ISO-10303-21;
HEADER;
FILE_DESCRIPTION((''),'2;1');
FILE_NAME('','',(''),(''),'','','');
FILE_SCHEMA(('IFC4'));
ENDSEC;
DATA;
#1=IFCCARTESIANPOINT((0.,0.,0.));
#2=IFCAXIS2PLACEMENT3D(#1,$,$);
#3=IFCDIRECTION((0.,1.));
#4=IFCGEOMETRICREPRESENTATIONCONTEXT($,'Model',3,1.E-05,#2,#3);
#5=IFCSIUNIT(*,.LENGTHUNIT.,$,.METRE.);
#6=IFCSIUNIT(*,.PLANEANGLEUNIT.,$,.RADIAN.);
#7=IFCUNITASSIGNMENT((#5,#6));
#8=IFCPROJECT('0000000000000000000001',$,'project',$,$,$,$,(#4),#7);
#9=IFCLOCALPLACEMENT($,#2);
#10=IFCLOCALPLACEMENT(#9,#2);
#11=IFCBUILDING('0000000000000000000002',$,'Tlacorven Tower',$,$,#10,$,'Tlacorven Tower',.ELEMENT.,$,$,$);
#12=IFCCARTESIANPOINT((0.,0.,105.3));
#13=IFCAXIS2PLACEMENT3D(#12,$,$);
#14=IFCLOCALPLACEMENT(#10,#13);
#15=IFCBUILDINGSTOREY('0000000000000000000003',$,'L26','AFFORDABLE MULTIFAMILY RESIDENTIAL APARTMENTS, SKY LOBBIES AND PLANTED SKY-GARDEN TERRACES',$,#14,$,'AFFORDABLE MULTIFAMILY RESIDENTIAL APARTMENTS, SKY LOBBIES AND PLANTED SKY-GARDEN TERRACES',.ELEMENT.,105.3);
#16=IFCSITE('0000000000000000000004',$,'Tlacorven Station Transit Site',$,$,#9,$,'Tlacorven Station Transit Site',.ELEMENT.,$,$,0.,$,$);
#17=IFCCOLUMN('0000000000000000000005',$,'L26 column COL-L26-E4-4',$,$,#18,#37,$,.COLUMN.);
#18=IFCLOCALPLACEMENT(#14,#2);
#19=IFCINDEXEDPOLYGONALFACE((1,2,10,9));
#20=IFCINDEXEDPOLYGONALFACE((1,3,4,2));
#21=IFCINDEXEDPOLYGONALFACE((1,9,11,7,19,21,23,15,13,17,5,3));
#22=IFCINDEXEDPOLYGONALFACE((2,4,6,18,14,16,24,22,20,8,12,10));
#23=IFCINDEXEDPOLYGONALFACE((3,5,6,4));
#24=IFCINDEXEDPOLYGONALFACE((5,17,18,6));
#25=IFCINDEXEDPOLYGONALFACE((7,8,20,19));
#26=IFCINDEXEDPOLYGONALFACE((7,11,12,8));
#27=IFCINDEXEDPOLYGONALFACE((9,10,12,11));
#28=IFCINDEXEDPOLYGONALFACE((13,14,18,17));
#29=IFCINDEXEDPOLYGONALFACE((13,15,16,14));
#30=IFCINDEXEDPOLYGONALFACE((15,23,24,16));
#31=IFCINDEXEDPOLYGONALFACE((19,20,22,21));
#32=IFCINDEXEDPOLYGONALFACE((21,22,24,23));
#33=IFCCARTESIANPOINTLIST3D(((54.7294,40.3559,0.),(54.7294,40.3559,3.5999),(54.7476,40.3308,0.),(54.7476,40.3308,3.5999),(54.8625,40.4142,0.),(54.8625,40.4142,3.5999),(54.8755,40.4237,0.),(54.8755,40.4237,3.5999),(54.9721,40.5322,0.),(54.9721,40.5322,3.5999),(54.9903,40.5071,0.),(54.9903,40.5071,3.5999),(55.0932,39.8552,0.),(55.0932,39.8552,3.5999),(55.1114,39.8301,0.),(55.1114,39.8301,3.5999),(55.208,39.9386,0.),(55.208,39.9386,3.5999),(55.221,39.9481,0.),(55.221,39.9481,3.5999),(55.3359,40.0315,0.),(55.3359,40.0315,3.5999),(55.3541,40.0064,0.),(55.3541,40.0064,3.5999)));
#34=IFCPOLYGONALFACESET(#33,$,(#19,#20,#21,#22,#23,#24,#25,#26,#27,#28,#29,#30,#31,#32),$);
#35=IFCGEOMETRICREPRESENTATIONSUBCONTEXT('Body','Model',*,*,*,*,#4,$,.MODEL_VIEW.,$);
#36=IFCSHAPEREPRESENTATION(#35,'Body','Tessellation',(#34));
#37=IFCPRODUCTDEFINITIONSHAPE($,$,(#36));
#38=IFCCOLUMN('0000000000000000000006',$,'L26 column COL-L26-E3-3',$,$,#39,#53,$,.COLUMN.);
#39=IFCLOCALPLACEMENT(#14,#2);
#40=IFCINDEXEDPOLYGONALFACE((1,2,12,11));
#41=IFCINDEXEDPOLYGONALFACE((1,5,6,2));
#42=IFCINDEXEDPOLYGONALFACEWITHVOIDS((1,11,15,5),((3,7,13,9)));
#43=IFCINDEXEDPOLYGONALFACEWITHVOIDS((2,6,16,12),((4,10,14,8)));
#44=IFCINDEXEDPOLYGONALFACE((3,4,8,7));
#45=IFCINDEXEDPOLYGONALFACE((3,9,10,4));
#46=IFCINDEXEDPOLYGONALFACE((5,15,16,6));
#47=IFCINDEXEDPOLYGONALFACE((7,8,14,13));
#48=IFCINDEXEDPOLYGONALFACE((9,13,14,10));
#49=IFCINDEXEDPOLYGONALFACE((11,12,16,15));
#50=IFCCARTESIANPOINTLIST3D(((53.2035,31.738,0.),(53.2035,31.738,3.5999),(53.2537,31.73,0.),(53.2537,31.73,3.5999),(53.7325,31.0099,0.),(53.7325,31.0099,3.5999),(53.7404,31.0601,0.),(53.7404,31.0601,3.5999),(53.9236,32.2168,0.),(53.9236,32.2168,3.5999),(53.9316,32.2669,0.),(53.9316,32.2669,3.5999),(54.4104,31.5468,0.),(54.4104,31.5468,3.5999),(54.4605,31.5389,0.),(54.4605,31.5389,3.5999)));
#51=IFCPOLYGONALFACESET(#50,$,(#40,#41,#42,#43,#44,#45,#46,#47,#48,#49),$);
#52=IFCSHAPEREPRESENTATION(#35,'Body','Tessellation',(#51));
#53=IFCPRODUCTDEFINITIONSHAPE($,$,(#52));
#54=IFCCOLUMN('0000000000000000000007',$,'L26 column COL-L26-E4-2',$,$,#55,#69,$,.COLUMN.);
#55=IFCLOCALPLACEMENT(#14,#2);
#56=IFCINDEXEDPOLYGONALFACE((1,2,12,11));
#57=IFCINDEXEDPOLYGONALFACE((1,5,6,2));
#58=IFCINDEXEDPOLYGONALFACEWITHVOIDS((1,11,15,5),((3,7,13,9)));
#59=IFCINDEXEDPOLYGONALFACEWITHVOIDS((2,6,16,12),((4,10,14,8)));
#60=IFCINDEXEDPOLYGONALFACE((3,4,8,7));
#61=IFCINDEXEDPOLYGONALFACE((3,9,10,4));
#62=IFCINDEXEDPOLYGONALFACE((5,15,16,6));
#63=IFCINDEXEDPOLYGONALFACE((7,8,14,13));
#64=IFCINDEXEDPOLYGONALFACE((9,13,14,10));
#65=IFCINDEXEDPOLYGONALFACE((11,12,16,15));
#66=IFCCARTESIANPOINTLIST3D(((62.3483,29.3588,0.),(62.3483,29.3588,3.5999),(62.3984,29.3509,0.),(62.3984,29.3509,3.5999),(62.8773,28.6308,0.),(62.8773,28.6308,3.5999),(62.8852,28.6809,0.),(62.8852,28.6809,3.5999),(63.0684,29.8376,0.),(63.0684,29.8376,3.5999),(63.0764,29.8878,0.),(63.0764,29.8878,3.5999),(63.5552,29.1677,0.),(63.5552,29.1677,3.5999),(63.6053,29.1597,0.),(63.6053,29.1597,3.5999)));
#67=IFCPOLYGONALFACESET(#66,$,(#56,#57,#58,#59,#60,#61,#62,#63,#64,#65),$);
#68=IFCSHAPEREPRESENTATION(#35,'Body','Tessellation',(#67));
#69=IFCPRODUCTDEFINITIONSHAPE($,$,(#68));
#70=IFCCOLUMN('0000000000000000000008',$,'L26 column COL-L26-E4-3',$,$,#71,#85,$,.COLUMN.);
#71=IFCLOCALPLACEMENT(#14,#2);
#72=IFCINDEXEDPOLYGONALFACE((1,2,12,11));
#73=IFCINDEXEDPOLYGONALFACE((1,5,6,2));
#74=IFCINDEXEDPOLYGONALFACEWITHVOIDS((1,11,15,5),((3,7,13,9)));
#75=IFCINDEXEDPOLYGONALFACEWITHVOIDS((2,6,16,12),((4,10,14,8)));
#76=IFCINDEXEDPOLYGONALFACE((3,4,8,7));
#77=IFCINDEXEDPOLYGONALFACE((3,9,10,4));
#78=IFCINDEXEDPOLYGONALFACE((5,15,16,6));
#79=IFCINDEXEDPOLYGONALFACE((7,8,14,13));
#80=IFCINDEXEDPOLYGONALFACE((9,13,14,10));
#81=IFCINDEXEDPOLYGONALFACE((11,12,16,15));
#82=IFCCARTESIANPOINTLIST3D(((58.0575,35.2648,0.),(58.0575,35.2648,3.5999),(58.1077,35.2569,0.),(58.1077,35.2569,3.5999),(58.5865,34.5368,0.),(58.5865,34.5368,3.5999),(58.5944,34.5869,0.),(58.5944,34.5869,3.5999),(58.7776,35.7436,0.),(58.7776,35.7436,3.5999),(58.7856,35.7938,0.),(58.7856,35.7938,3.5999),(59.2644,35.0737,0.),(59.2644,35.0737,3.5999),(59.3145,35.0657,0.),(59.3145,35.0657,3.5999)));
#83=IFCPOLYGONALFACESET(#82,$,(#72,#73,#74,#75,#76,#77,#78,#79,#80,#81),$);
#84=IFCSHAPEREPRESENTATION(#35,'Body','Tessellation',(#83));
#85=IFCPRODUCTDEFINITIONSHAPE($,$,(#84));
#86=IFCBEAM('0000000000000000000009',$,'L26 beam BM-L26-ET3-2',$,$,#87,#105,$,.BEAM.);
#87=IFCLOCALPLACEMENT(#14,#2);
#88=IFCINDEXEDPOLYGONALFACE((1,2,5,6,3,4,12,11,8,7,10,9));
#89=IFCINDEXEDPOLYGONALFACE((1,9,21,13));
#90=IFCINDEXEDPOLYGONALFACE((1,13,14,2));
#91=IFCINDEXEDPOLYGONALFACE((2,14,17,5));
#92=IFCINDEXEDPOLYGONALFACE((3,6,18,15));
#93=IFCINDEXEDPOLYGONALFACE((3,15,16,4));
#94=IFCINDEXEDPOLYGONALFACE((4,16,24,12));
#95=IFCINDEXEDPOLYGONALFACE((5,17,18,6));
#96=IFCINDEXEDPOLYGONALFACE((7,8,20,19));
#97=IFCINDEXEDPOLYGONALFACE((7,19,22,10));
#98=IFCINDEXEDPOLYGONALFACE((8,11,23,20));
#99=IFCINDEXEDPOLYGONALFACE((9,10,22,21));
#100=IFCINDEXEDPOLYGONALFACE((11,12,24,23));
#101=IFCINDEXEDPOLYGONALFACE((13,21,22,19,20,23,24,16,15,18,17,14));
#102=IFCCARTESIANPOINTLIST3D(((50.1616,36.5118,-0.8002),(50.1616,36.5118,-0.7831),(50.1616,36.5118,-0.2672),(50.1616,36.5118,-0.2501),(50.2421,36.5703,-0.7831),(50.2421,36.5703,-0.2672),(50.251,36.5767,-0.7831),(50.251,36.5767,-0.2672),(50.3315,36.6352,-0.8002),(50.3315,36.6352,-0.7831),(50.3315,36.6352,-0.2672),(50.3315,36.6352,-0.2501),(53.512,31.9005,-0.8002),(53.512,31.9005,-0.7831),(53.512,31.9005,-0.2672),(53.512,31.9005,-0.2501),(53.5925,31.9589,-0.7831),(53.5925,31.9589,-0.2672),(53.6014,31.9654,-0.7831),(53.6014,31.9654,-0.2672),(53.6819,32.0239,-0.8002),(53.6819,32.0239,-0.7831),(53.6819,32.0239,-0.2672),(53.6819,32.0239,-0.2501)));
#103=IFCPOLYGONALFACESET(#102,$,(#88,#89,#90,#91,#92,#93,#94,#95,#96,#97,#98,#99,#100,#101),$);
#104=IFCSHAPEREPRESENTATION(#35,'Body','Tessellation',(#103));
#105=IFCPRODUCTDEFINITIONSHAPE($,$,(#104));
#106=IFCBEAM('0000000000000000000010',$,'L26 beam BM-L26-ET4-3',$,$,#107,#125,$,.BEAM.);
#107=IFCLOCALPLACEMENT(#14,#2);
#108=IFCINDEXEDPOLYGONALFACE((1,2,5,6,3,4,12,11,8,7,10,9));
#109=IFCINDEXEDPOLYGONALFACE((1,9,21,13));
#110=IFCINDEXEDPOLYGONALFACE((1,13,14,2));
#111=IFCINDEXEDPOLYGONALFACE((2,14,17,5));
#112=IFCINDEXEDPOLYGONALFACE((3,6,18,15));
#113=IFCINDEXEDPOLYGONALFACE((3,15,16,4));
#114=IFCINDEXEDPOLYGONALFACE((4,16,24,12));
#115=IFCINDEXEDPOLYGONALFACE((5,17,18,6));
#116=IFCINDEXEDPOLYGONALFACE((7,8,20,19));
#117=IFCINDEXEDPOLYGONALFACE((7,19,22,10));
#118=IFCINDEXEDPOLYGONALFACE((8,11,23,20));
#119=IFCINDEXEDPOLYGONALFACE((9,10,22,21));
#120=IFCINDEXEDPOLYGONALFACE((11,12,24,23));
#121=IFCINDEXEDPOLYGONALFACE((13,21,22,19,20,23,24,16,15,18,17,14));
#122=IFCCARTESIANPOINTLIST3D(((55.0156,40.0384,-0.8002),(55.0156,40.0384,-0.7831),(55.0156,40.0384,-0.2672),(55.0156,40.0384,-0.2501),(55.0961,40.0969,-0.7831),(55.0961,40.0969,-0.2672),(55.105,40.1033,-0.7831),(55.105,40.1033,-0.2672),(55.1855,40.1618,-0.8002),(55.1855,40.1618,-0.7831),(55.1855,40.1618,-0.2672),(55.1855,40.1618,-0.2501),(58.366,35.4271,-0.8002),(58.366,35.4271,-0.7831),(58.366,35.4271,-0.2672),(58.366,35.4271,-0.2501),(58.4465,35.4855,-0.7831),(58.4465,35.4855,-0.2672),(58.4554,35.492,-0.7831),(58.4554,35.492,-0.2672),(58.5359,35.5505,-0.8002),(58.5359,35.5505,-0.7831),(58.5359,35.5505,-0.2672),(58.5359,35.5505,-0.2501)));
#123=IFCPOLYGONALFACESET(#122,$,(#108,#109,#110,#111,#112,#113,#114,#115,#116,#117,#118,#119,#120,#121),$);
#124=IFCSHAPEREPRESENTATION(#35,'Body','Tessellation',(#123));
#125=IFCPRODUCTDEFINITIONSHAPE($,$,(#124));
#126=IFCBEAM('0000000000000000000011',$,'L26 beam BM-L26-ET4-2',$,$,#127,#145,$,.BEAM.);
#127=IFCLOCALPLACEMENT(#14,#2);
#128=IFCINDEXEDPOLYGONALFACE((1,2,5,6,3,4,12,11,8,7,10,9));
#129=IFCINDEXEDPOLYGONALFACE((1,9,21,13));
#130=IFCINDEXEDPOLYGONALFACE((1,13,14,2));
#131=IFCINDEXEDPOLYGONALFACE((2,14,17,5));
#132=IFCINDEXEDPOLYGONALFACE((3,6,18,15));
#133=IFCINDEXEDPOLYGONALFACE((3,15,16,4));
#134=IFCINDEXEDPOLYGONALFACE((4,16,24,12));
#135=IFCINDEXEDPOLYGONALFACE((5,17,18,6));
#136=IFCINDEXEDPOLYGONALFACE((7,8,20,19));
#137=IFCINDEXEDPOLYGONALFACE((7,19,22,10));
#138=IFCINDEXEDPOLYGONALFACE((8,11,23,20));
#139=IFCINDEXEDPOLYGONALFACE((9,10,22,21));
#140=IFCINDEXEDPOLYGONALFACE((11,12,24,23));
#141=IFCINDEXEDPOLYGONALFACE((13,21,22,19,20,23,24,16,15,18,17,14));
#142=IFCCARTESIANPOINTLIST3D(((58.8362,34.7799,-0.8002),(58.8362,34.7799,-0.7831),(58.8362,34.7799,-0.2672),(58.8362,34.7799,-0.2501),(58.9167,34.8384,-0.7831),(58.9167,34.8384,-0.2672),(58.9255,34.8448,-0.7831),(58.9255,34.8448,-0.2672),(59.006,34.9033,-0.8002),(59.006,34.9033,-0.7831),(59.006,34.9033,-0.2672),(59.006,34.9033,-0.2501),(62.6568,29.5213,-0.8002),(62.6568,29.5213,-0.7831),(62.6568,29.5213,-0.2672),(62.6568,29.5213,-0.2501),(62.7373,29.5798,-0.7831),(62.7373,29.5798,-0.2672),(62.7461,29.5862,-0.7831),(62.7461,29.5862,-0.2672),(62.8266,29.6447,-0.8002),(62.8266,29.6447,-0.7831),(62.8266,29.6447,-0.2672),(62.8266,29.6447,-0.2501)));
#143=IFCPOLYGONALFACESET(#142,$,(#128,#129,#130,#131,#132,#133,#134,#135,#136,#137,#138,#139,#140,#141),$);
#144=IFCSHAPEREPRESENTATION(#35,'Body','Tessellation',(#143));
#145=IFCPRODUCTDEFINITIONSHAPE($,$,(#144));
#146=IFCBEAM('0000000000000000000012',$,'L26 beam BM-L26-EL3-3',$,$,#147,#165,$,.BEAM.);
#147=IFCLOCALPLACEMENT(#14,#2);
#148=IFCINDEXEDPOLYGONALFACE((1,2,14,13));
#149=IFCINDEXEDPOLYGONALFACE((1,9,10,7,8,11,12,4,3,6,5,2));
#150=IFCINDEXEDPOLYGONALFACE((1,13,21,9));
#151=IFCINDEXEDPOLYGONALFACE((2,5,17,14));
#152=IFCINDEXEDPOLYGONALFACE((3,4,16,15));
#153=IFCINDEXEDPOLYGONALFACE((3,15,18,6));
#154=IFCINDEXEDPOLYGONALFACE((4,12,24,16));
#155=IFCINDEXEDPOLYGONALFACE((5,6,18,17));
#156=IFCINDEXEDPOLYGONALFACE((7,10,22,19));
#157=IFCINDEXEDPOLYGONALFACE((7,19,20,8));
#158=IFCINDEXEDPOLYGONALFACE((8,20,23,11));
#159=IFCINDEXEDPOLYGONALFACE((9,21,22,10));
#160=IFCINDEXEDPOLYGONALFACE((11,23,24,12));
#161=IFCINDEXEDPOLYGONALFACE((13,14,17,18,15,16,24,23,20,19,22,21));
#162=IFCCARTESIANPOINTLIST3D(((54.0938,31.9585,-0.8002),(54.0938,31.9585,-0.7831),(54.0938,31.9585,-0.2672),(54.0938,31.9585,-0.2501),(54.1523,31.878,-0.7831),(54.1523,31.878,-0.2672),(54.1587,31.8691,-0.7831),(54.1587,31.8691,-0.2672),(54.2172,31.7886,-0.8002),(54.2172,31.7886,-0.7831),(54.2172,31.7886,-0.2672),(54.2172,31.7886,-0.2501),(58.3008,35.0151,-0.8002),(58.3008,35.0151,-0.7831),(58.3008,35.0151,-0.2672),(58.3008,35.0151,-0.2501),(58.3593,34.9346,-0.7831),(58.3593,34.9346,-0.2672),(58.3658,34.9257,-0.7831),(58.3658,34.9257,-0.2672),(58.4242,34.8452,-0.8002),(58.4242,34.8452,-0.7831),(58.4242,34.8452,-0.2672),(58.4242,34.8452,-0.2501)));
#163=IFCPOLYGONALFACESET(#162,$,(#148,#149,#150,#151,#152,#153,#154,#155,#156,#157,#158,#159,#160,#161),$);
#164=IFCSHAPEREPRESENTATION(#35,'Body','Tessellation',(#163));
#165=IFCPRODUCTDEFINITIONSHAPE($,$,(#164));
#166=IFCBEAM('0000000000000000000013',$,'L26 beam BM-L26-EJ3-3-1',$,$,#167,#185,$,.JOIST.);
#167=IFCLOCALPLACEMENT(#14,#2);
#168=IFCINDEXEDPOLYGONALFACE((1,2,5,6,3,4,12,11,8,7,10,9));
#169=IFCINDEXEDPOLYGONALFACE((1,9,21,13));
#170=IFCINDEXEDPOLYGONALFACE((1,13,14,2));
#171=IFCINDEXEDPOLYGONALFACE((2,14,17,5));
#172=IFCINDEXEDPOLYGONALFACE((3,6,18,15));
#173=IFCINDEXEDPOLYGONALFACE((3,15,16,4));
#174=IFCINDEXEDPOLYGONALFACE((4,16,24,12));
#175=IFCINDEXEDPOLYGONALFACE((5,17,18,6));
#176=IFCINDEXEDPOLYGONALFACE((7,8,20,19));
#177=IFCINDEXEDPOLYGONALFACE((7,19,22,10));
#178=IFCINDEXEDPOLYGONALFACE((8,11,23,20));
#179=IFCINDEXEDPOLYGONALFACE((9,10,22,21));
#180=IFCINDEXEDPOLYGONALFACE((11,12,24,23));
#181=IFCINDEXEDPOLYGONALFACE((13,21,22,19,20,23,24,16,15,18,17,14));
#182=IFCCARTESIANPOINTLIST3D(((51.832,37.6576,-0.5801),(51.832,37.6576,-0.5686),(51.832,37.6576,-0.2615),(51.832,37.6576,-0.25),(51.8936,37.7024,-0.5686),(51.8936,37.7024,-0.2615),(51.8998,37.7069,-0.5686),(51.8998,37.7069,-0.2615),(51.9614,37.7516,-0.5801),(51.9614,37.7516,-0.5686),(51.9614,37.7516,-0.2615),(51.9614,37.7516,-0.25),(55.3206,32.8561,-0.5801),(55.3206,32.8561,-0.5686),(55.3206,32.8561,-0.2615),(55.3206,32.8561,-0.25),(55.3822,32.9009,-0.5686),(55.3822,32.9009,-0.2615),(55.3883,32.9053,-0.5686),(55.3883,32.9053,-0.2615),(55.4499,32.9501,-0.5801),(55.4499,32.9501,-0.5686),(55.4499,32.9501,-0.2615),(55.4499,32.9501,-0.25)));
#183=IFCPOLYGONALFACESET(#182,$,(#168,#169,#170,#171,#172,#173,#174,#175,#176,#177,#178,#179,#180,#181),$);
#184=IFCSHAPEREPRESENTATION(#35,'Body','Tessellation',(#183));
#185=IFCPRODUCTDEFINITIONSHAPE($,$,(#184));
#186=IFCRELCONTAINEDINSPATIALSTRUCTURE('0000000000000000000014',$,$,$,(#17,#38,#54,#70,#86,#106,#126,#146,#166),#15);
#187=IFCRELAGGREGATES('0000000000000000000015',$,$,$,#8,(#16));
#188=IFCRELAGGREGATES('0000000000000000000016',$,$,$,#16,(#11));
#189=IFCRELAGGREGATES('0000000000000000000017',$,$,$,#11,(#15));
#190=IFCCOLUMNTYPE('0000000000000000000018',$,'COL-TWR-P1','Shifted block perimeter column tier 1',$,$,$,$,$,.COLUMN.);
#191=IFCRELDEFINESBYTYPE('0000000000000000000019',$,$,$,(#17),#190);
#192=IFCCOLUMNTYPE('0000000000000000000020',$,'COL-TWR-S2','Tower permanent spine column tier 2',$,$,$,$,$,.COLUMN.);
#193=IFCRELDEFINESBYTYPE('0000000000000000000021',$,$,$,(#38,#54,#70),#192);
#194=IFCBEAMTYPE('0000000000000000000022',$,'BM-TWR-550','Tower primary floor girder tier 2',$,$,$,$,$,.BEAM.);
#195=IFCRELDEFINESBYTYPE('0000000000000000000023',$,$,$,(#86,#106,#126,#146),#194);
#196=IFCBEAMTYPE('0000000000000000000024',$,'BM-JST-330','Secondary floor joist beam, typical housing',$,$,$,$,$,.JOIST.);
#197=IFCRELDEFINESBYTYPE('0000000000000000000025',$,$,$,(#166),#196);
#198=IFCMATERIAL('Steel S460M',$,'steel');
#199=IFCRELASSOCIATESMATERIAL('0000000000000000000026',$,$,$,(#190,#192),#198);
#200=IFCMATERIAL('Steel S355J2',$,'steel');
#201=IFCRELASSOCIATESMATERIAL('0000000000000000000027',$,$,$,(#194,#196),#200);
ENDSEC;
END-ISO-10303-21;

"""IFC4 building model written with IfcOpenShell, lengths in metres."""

from ifc_helpers import new_model, si_unit, direction, frame, origin, origin_2d, place, context, subcontext, project, spatial, hollow_rectangle, i_section, extrude, source, transform, mapped, material, material_profile, profile_set, type_object, element, save


model = new_model("IFC4")

# Units and contexts
model_context = context("Model", 3, precision=1e-05, world=origin(), true_north=direction((0.0, 1.0)))
body_context = subcontext(model_context, "Body", "Model", "MODEL_VIEW")
ifc_project = project(units=[si_unit("LENGTHUNIT", "METRE"), si_unit("PLANEANGLEUNIT", "RADIAN")], contexts=[model_context])

# Site, building, storey
site_placement = place(None, origin())
site = spatial("IfcSite", under=ifc_project, at=site_placement, Name="Tlacorven Station Transit Site", LongName="Tlacorven Station Transit Site", CompositionType="ELEMENT", RefElevation=0.0)
building_placement = place(site_placement, origin())
building = spatial("IfcBuilding", under=site, at=building_placement, Name="Tlacorven Tower", LongName="Tlacorven Tower", CompositionType="ELEMENT")
storey_placement = place(building_placement, frame((0.0, 0.0, 105.3)))
storey = spatial("IfcBuildingStorey", under=building, at=storey_placement, Name="L26", Description="AFFORDABLE MULTIFAMILY RESIDENTIAL APARTMENTS, SKY LOBBIES AND PLANTED SKY-GARDEN TERRACES", LongName="AFFORDABLE MULTIFAMILY RESIDENTIAL APARTMENTS, SKY LOBBIES AND PLANTED SKY-GARDEN TERRACES", CompositionType="ELEMENT", Elevation=105.3)

# Columns
ifc_material_1 = material(Name="Steel S460M", Category="steel")
ifc_material_profile_1 = material_profile(ifc_material_1, i_section(OverallWidth=0.3, OverallDepth=0.6499, WebThickness=0.0161, FlangeThickness=0.031, at=origin_2d()), Name="HEB 650")
ifc_profile_set_1 = profile_set([ifc_material_profile_1], Name="Steel S460M")
column_type_1 = type_object("IfcColumnType", Name="COL-TWR-P1", Description="Shifted block perimeter column tier 1", PredefinedType="COLUMN", material=ifc_profile_set_1)
shared_shape_1 = source(origin(), body_context, "Body", "SweptSolid", [
    extrude(i_section(OverallWidth=0.3, OverallDepth=0.6499, WebThickness=0.0161, FlangeThickness=0.031, at=origin_2d()), origin(), (0.0, 0.0, 1.0), 3.5999),
])
column_placement = place(storey_placement, frame((55.0417, 40.1812, 0.0), z_axis=(0.0, 0.0, 1.0), x_axis=(0.809017, 0.587785, 0.0)))
element("IfcColumn", 1, at=column_placement, inside=storey, type_object=column_type_1, Name="L26 column COL-L26-E4-4", PredefinedType="COLUMN", context=body_context, shape_type="MappedRepresentation", body=[
    mapped(shared_shape_1, transform((0.0, 0.0, 0.0), scale=1.0)),
])
ifc_material_profile_2 = material_profile(ifc_material_1, hollow_rectangle(XDim=0.8999, YDim=0.8999, WallThickness=0.0359, at=origin_2d()), Name="BOX 900X900X36")
ifc_profile_set_2 = profile_set([ifc_material_profile_2], Name="Steel S460M")
column_type_2 = type_object("IfcColumnType", Name="COL-TWR-S2", Description="Tower permanent spine column tier 2", PredefinedType="COLUMN", material=ifc_profile_set_2)
shared_shape_2 = source(origin(), body_context, "Body", "SweptSolid", [
    extrude(hollow_rectangle(XDim=0.8999, YDim=0.8999, WallThickness=0.0359, at=origin_2d()), origin(), (0.0, 0.0, 1.0), 3.5999),
])
for number, where, z_axis, x_axis, name in (
    (2, (53.832, 31.6384, 0.0), (0.0, 0.0, 1.0), (0.809017, 0.587785, 0.0), "L26 column COL-L26-E3-3"),
    (3, (62.9768, 29.2593, 0.0), (0.0, 0.0, 1.0), (0.809017, 0.587785, 0.0), "L26 column COL-L26-E4-2"),
    (4, (58.686, 35.1653, 0.0), (0.0, 0.0, 1.0), (0.809017, 0.587785, 0.0), "L26 column COL-L26-E4-3"),
):
    element("IfcColumn", number, at=place(storey_placement, frame(where, z_axis=z_axis, x_axis=x_axis)), inside=storey, type_object=column_type_2, Name=name, PredefinedType="COLUMN", context=body_context, shape_type="MappedRepresentation", body=[
        mapped(shared_shape_2, transform((0.0, 0.0, 0.0), scale=1.0)),
    ])

# Beams
ifc_material_2 = material(Name="Steel S355J2", Category="steel")
ifc_material_profile_3 = material_profile(ifc_material_2, i_section(OverallWidth=0.21, OverallDepth=0.55, WebThickness=0.011, FlangeThickness=0.0171, at=origin_2d()), Name="IPE 550")
ifc_profile_set_3 = profile_set([ifc_material_profile_3], Name="Steel S355J2")
beam_type_1 = type_object("IfcBeamType", Name="BM-TWR-550", Description="Tower primary floor girder tier 2", PredefinedType="BEAM", material=ifc_profile_set_3)
shared_shape_3 = source(origin(), body_context, "Body", "SweptSolid", [
    extrude(i_section(OverallWidth=0.21, OverallDepth=0.55, WebThickness=0.011, FlangeThickness=0.0171, at=origin_2d()), origin(), (0.0, 0.0, 1.0), 5.7),
])
for number, where, z_axis, x_axis, name in (
    (5, (53.5969, 31.9622, -0.5251), (-0.587787, 0.809016, 0.0), (-0.809016, -0.587787, 0.0), "L26 beam BM-L26-ET3-2"),
    (6, (58.4509, 35.4888, -0.5251), (-0.587787, 0.809016, 0.0), (-0.809016, -0.587787, 0.0), "L26 beam BM-L26-ET4-3"),
):
    element("IfcBeam", number, at=place(storey_placement, frame(where, z_axis=z_axis, x_axis=x_axis)), inside=storey, type_object=beam_type_1, Name=name, PredefinedType="BEAM", context=body_context, shape_type="MappedRepresentation", body=[
        mapped(shared_shape_3, transform((0.0, 0.0, 0.0), scale=1.0)),
    ])
shared_shape_4 = source(origin(), body_context, "Body", "SweptSolid", [
    extrude(i_section(OverallWidth=0.21, OverallDepth=0.55, WebThickness=0.011, FlangeThickness=0.0171, at=origin_2d()), origin(), (0.0, 0.0, 1.0), 6.5),
])
beam_1_placement = place(storey_placement, frame((62.7417, 29.583, -0.5251), z_axis=(-0.587785, 0.809017, 0.0), x_axis=(-0.809017, -0.587785, 0.0)))
element("IfcBeam", 7, at=beam_1_placement, inside=storey, type_object=beam_type_1, Name="L26 beam BM-L26-ET4-2", PredefinedType="BEAM", context=body_context, shape_type="MappedRepresentation", body=[
    mapped(shared_shape_4, transform((0.0, 0.0, 0.0), scale=1.0)),
])
shared_shape_5 = source(origin(), body_context, "Body", "SweptSolid", [
    extrude(i_section(OverallWidth=0.21, OverallDepth=0.55, WebThickness=0.011, FlangeThickness=0.0171, at=origin_2d()), origin(), (0.0, 0.0, 1.0), 5.2002),
])
beam_2_placement = place(storey_placement, frame((54.1555, 31.8735, -0.5251), z_axis=(0.809012, 0.587792, 0.0), x_axis=(-0.587792, 0.809012, 0.0)))
element("IfcBeam", 8, at=beam_2_placement, inside=storey, type_object=beam_type_1, Name="L26 beam BM-L26-EL3-3", PredefinedType="BEAM", context=body_context, shape_type="MappedRepresentation", body=[
    mapped(shared_shape_5, transform((0.0, 0.0, 0.0), scale=1.0)),
])
ifc_material_profile_4 = material_profile(ifc_material_2, i_section(OverallWidth=0.1599, OverallDepth=0.3301, WebThickness=0.0076, FlangeThickness=0.0115, at=origin_2d()), Name="IPE 330")
ifc_profile_set_4 = profile_set([ifc_material_profile_4], Name="Steel S355J2")
beam_type_2 = type_object("IfcBeamType", Name="BM-JST-330", Description="Secondary floor joist beam, typical housing", PredefinedType="JOIST", material=ifc_profile_set_4)
shared_shape_6 = source(origin(), body_context, "Body", "SweptSolid", [
    extrude(i_section(OverallWidth=0.1599, OverallDepth=0.3301, WebThickness=0.0076, FlangeThickness=0.0115, at=origin_2d()), origin(), (0.0, 0.0, 1.0), 5.9351),
])
for number, where, z_axis, x_axis, name in (
    (9, (55.3853, 32.9031, -0.415), (-0.587788, 0.809015, 0.0), (-0.809015, -0.587788, 0.0), "L26 beam BM-L26-EJ3-3-1"),
):
    element("IfcBeam", number, at=place(storey_placement, frame(where, z_axis=z_axis, x_axis=x_axis)), inside=storey, type_object=beam_type_2, Name=name, PredefinedType="JOIST", context=body_context, shape_type="MappedRepresentation", body=[
        mapped(shared_shape_6, transform((0.0, 0.0, 0.0), scale=1.0)),
    ])

save(model, "model.ifc")
